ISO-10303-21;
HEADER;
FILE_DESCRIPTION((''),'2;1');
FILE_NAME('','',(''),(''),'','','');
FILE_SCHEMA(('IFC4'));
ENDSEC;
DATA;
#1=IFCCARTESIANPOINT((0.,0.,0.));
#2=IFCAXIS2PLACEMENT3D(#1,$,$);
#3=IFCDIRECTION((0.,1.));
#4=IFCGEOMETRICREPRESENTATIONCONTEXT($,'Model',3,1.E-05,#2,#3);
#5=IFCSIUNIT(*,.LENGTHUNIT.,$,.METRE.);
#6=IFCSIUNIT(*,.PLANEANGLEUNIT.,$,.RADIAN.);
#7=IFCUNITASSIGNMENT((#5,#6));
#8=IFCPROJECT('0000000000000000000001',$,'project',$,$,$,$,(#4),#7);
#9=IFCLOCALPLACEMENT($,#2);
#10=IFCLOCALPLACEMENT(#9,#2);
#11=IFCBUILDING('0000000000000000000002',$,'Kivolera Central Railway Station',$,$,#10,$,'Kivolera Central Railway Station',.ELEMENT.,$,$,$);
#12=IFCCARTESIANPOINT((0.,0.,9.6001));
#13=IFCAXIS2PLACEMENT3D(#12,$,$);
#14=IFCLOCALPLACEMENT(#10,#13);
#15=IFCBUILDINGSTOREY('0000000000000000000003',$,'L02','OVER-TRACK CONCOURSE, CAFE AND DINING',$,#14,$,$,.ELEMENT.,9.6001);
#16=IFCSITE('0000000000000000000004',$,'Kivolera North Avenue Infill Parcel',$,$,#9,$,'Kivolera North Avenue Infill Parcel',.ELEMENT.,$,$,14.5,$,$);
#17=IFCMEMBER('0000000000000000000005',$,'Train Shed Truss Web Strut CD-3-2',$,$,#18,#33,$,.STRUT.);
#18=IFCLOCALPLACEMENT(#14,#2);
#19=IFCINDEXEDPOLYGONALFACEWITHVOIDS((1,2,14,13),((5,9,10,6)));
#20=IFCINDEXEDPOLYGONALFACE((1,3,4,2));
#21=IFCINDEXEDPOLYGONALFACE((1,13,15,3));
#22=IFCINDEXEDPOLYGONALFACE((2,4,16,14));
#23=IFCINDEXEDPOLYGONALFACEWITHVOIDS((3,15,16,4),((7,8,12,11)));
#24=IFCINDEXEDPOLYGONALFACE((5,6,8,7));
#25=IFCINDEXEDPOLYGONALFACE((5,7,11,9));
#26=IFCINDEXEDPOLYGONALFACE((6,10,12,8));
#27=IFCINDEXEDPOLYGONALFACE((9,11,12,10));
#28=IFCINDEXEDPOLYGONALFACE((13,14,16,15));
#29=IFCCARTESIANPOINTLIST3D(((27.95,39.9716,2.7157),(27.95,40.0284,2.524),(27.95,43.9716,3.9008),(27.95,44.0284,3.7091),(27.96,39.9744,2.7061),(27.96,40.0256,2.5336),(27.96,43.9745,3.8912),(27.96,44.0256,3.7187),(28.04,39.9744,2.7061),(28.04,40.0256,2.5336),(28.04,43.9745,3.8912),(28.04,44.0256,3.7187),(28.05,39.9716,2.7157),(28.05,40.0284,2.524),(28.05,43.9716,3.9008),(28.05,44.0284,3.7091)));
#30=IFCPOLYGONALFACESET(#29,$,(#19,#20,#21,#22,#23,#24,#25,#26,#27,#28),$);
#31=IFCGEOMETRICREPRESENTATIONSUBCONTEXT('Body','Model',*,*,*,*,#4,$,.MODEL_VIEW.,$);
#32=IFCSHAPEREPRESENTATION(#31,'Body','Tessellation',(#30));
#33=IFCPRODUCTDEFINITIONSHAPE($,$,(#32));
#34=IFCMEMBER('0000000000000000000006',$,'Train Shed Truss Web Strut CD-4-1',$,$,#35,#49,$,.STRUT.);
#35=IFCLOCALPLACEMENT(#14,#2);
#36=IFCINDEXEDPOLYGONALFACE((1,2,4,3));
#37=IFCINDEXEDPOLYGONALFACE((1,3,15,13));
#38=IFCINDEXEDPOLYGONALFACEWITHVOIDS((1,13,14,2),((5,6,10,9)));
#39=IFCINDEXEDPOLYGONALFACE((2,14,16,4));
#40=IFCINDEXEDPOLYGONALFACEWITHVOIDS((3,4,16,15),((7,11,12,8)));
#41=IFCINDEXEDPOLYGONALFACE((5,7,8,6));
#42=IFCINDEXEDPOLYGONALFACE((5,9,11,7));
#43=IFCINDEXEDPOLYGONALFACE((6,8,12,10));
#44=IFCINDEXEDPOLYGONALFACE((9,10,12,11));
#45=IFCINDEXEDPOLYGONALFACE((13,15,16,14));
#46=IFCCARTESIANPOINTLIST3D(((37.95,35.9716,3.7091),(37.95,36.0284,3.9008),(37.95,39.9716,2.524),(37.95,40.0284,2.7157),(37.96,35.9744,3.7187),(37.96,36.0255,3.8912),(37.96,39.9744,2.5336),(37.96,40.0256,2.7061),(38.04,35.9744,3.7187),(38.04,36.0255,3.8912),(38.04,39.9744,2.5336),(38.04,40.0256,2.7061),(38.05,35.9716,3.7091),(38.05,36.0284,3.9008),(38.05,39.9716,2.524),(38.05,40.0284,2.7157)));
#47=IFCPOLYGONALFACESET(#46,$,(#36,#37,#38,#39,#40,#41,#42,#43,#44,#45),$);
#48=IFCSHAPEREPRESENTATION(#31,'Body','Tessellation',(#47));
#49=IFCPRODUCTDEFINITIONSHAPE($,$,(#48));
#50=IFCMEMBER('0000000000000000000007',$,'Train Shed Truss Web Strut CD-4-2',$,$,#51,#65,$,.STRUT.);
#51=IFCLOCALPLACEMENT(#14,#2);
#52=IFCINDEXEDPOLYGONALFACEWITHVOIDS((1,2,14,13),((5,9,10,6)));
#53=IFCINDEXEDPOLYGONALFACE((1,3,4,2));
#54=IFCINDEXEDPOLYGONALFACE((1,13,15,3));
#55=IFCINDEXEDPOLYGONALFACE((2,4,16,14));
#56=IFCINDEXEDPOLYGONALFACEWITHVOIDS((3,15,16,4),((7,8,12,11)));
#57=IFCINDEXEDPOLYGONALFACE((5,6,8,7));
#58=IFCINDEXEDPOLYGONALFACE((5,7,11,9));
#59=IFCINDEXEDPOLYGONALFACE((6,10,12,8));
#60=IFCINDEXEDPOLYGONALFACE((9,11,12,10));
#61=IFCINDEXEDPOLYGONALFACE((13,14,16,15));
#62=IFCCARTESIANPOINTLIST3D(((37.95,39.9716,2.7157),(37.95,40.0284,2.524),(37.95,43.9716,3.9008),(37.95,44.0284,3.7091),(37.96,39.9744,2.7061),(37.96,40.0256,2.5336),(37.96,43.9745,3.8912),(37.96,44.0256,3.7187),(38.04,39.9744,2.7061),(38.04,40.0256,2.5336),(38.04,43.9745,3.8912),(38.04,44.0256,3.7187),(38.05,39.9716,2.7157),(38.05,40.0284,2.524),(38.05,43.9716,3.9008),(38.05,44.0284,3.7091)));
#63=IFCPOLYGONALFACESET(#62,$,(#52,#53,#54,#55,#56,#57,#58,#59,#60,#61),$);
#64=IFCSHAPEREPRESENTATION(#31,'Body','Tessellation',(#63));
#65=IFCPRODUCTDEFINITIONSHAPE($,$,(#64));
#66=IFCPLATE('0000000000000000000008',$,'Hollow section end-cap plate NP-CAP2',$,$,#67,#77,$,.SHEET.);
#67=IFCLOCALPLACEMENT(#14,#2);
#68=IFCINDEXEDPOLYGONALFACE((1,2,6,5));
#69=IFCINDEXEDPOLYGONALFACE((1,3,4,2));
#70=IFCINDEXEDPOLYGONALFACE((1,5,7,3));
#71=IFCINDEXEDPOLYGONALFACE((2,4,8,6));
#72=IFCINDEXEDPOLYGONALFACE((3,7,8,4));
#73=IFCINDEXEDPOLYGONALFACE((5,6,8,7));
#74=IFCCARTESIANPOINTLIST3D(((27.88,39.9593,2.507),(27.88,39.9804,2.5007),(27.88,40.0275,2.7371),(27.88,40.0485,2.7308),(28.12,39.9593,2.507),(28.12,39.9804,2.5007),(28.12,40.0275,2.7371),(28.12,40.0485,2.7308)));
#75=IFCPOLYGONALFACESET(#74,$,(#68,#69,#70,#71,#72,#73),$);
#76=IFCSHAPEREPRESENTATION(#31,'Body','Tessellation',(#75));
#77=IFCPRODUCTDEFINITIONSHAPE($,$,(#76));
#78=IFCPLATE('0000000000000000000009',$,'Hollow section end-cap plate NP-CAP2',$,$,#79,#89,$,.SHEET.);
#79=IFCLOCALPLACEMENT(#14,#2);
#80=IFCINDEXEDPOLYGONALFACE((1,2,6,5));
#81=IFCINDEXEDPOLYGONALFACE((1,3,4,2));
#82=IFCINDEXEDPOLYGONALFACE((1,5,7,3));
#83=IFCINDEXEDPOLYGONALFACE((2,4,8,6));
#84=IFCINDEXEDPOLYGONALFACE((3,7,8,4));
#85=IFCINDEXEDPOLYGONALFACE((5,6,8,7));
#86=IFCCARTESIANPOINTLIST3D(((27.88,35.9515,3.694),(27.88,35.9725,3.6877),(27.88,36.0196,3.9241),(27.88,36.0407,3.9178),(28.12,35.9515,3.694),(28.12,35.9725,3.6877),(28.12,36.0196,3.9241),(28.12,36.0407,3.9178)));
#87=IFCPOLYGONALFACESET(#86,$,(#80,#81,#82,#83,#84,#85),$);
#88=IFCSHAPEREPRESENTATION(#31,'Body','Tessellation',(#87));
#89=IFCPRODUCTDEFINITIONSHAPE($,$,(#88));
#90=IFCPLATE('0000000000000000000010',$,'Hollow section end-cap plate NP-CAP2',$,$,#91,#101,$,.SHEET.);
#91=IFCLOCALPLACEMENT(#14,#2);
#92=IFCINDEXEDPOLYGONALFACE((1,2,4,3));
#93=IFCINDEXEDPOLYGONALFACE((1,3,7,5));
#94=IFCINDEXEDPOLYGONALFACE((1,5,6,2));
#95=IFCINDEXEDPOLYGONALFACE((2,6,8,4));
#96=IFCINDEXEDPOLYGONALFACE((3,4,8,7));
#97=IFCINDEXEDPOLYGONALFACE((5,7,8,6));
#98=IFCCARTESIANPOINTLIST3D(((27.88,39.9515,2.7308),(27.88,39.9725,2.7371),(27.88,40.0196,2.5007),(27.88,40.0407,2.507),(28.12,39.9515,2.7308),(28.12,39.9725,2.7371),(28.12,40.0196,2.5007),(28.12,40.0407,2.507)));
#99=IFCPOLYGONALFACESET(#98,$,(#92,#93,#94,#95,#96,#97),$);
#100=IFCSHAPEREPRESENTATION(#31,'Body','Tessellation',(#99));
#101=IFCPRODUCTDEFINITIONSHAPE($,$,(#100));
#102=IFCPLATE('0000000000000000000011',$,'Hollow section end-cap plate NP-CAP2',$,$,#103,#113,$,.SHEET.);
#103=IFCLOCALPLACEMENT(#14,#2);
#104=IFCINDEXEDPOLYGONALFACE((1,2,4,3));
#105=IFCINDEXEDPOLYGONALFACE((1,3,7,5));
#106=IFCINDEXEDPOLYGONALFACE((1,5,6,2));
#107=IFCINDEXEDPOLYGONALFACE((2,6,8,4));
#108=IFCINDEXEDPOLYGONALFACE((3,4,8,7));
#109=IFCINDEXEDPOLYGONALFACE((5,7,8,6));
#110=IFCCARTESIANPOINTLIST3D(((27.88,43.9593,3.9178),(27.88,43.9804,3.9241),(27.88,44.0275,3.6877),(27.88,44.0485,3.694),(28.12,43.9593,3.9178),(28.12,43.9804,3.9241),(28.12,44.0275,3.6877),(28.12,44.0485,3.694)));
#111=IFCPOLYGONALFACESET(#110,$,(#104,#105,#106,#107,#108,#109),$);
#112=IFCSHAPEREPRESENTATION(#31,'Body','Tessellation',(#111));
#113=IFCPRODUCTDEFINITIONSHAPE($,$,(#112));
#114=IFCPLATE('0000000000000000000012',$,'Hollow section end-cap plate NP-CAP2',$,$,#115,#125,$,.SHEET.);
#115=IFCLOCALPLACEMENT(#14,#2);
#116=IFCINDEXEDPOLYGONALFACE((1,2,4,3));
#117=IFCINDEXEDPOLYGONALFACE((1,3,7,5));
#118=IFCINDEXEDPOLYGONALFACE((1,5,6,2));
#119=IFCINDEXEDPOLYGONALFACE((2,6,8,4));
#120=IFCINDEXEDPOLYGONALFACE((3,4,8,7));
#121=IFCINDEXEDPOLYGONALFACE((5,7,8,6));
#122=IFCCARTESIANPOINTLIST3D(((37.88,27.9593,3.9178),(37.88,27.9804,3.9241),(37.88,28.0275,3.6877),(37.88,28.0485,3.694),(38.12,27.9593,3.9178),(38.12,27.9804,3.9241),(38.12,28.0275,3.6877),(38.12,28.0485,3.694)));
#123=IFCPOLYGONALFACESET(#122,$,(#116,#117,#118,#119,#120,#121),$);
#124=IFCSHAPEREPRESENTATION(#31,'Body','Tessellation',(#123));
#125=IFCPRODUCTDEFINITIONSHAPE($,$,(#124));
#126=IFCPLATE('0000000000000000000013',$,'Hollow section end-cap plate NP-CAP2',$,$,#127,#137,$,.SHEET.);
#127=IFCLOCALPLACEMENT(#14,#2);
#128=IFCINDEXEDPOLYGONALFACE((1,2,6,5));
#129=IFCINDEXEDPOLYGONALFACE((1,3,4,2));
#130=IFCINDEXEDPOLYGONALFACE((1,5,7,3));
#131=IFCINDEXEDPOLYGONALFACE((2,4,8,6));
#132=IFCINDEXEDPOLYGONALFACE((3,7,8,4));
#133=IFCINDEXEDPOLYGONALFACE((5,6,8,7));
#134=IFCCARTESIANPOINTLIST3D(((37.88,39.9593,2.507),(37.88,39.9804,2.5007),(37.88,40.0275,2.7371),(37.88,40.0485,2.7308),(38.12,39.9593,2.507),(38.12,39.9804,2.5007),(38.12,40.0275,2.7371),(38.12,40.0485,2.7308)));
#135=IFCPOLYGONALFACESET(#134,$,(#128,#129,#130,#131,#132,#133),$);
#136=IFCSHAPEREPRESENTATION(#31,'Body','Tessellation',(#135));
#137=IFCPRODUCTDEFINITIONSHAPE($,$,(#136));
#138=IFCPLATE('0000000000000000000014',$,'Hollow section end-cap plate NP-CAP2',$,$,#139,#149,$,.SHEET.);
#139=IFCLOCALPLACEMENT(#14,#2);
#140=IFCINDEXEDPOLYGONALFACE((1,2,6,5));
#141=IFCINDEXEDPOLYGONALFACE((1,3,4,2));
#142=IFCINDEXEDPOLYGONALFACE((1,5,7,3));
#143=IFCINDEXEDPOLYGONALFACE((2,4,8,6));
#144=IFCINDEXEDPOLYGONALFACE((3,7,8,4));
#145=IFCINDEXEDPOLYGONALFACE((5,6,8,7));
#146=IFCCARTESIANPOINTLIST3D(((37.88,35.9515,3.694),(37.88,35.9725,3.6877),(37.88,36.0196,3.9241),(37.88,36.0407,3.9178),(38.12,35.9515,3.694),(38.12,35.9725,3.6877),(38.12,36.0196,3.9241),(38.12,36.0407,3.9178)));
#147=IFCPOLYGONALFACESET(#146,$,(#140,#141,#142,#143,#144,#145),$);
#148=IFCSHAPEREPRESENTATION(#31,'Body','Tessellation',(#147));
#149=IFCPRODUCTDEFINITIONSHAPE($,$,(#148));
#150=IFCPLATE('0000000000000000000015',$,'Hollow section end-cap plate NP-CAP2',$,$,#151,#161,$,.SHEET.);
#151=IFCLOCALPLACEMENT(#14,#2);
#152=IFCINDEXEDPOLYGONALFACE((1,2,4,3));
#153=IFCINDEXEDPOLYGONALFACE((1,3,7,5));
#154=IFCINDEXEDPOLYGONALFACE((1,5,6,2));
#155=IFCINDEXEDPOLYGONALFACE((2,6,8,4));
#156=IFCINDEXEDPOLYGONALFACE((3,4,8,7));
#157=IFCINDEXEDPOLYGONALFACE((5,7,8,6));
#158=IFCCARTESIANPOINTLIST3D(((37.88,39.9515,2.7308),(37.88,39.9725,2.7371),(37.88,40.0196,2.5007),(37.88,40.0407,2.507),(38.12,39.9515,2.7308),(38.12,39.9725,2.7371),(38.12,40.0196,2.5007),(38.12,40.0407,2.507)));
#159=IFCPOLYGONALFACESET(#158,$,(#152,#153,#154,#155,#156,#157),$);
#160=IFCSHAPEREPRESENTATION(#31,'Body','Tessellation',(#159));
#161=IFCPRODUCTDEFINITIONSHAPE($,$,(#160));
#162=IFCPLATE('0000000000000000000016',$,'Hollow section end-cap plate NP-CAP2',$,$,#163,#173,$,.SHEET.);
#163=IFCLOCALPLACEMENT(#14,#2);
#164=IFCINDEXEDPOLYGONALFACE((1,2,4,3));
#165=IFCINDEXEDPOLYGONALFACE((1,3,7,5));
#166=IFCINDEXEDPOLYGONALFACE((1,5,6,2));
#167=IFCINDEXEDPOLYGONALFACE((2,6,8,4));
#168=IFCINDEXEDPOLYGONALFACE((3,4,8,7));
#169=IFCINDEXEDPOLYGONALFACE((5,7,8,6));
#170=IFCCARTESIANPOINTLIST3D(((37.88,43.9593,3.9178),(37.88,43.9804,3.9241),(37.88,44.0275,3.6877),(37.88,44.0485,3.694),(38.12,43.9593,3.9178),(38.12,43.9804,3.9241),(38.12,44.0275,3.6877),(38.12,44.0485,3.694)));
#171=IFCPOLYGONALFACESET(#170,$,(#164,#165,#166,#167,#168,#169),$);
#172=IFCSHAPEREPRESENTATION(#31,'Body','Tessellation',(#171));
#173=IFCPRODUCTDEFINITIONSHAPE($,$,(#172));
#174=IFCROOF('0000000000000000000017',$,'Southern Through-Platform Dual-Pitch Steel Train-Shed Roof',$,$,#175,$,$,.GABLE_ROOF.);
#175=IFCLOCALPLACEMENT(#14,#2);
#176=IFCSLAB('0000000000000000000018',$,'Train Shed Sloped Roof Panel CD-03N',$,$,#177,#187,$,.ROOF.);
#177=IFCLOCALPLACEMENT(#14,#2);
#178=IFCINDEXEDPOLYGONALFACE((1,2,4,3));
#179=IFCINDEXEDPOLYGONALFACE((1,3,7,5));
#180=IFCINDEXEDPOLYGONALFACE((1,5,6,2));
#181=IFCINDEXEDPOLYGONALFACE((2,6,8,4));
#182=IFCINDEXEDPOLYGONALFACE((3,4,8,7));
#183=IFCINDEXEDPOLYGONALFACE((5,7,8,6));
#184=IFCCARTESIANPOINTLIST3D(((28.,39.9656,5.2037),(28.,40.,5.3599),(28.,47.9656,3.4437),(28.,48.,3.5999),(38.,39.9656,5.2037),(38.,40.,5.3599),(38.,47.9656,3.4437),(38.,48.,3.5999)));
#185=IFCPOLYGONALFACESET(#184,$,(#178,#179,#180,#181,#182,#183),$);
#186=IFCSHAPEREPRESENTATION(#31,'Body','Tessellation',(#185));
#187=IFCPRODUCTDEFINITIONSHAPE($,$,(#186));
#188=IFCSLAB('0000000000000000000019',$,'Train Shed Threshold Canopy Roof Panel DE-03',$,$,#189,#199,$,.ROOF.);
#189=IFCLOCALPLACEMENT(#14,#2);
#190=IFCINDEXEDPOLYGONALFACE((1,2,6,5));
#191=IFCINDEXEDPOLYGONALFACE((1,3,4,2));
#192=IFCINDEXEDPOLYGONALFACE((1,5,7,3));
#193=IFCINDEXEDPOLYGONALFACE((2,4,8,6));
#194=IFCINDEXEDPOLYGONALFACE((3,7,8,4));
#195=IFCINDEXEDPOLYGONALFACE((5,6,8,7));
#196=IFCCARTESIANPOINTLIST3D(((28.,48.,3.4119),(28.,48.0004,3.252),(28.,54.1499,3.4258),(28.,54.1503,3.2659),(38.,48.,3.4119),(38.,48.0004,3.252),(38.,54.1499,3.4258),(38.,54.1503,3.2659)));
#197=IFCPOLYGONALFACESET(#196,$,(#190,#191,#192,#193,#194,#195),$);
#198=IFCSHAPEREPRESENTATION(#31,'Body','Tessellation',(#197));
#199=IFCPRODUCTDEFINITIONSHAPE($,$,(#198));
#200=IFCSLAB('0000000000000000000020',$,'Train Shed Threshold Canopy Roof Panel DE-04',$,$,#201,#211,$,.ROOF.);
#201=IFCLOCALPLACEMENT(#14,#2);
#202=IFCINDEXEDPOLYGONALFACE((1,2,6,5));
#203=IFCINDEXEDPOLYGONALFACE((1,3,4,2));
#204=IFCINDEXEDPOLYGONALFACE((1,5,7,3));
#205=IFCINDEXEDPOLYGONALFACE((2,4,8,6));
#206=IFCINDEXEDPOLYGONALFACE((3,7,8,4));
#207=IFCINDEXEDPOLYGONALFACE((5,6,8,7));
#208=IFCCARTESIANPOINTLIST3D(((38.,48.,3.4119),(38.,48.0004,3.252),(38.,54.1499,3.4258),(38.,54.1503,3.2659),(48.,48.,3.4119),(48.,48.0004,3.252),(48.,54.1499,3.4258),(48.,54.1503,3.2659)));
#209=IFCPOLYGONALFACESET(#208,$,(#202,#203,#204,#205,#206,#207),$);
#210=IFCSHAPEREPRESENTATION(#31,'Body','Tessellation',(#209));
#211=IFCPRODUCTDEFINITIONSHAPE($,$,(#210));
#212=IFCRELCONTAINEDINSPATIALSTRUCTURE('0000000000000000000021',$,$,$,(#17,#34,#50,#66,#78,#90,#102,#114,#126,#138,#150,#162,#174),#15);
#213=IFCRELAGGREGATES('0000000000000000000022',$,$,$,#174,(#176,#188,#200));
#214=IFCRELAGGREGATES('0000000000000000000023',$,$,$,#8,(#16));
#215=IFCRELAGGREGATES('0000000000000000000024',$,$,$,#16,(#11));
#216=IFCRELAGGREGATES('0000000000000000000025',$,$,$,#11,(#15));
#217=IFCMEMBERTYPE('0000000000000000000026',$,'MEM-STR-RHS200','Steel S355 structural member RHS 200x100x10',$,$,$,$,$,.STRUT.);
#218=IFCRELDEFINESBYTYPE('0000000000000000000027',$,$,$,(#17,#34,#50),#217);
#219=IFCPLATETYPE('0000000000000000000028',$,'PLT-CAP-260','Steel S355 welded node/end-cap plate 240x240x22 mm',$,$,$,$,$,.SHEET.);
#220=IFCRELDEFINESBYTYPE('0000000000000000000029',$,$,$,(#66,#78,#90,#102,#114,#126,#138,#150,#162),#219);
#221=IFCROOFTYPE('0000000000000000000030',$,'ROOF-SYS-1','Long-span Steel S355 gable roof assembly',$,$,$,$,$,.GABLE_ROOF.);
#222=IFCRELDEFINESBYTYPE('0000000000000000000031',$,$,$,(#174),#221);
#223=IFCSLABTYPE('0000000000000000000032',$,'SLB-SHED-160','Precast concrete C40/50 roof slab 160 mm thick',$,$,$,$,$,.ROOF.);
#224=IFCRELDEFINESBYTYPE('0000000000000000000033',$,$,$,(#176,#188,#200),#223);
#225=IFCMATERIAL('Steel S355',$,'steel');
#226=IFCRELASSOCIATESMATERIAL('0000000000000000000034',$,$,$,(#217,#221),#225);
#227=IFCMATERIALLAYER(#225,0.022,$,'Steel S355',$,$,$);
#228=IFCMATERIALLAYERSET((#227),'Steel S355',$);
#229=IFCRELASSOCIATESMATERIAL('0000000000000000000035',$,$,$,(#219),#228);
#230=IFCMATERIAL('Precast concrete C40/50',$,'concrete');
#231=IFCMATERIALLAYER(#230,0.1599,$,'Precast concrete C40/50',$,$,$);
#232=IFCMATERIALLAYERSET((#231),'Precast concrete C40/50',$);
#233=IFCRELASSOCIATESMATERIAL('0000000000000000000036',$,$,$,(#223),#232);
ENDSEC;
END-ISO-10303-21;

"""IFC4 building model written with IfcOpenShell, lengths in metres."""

from ifc_helpers import new_model, si_unit, direction, frame, origin, origin_2d, place, context, subcontext, project, spatial, polyline, rectangle, hollow_rectangle, outline, extrude, material, layer, layer_set, material_profile, profile_set, type_object, element, aggregate, save


model = new_model("IFC4")

# Units and contexts
model_context = context("Model", 3, precision=1e-05, world=origin(), true_north=direction((0.0, 1.0)))
body_context = subcontext(model_context, "Body", "Model", "MODEL_VIEW")
ifc_project = project(units=[si_unit("LENGTHUNIT", "METRE"), si_unit("PLANEANGLEUNIT", "RADIAN")], contexts=[model_context])

# Site, building, storey
site_placement = place(None, origin())
site = spatial("IfcSite", under=ifc_project, at=site_placement, Name="Kivolera North Avenue Infill Parcel", LongName="Kivolera North Avenue Infill Parcel", CompositionType="ELEMENT", RefElevation=14.5)
building_placement = place(site_placement, origin())
building = spatial("IfcBuilding", under=site, at=building_placement, Name="Kivolera Central Railway Station", LongName="Kivolera Central Railway Station", CompositionType="ELEMENT")
storey_placement = place(building_placement, frame((0.0, 0.0, 9.6001)))
storey = spatial("IfcBuildingStorey", under=building, at=storey_placement, Name="L02", Description="OVER-TRACK CONCOURSE, CAFE AND DINING", CompositionType="ELEMENT", Elevation=9.6001)

# Shared definitions
ifc_material_1 = material(Name="Steel S355", Category="steel")

# Members
ifc_material_profile_1 = material_profile(ifc_material_1, hollow_rectangle(XDim=0.1001, YDim=0.2, WallThickness=0.01, at=origin_2d()), Name="RHS 200x100x10")
ifc_profile_set_1 = profile_set([ifc_material_profile_1], Name="Steel S355")
member_type_1 = type_object("IfcMemberType", Name="MEM-STR-RHS200", Description="Steel S355 structural member RHS 200x100x10", PredefinedType="STRUT", material=ifc_profile_set_1)
for number, where, z_axis, x_axis, name in (
    (1, (28.0, 40.0, 2.6199), (0.0, 0.958806, 0.28406), (-1.0, 0.0, 0.0), "Train Shed Truss Web Strut CD-3-2"),
    (2, (38.0, 40.0, 2.6199), (0.0, -0.958806, 0.28406), (1.0, 0.0, 0.0), "Train Shed Truss Web Strut CD-4-1"),
    (3, (38.0, 40.0, 2.6199), (0.0, 0.958806, 0.28406), (-1.0, 0.0, 0.0), "Train Shed Truss Web Strut CD-4-2"),
):
    element("IfcMember", number, at=place(storey_placement, frame(where, z_axis=z_axis, x_axis=x_axis)), inside=storey, type_object=member_type_1, Name=name, PredefinedType="STRUT", context=body_context, shape_type="SweptSolid", body=[
        extrude(hollow_rectangle(XDim=0.1001, YDim=0.2, WallThickness=0.01, at=origin_2d()), origin(), (0.0, 0.0, 1.0), 4.1719),
    ])

# Plates
ifc_layer_1 = layer(ifc_material_1, 0.022, Name="Steel S355")
ifc_layer_set_1 = layer_set([ifc_layer_1], Name="Steel S355")
plate_type = type_object("IfcPlateType", Name="PLT-CAP-260", Description="Steel S355 welded node/end-cap plate 240x240x22 mm", PredefinedType="SHEET", material=ifc_layer_set_1)
for number, where, z_axis, x_axis, name in (
    (4, (28.0, 40.0039, 2.6189), (0.0, -0.95881, 0.284048), (1.0, 0.0, 0.0), "Hollow section end-cap plate NP-CAP2"),
    (5, (28.0, 35.9961, 3.8059), (0.0, -0.95881, 0.284048), (1.0, 0.0, 0.0), "Hollow section end-cap plate NP-CAP2"),
    (6, (28.0, 39.9961, 2.6189), (0.0, 0.95881, 0.284048), (-1.0, 0.0, 0.0), "Hollow section end-cap plate NP-CAP2"),
    (7, (28.0, 44.0039, 3.8059), (0.0, 0.95881, 0.284048), (-1.0, 0.0, 0.0), "Hollow section end-cap plate NP-CAP2"),
    (8, (38.0, 28.0039, 3.8059), (0.0, 0.95881, 0.284048), (-1.0, 0.0, 0.0), "Hollow section end-cap plate NP-CAP2"),
    (9, (38.0, 40.0039, 2.6189), (0.0, -0.95881, 0.284048), (1.0, 0.0, 0.0), "Hollow section end-cap plate NP-CAP2"),
    (10, (38.0, 35.9961, 3.8059), (0.0, -0.95881, 0.284048), (1.0, 0.0, 0.0), "Hollow section end-cap plate NP-CAP2"),
    (11, (38.0, 39.9961, 2.6189), (0.0, 0.95881, 0.284048), (-1.0, 0.0, 0.0), "Hollow section end-cap plate NP-CAP2"),
    (12, (38.0, 44.0039, 3.8059), (0.0, 0.95881, 0.284048), (-1.0, 0.0, 0.0), "Hollow section end-cap plate NP-CAP2"),
):
    element("IfcPlate", number, at=place(storey_placement, frame(where, z_axis=z_axis, x_axis=x_axis)), inside=storey, type_object=plate_type, Name=name, PredefinedType="SHEET", context=body_context, shape_type="SweptSolid", body=[
        extrude(rectangle(XDim=0.24, YDim=0.24, at=origin_2d()), frame((0.0, 0.0, -0.011)), (0.0, 0.0, 1.0), 0.022),
    ])

# Roof, slabs
roof_type = type_object("IfcRoofType", Name="ROOF-SYS-1", Description="Long-span Steel S355 gable roof assembly", PredefinedType="GABLE_ROOF", material=ifc_material_1)
roof_placement = place(storey_placement, origin())
roof = element("IfcRoof", 13, at=roof_placement, inside=storey, type_object=roof_type, Name="Southern Through-Platform Dual-Pitch Steel Train-Shed Roof", PredefinedType="GABLE_ROOF")
ifc_material_2 = material(Name="Precast concrete C40/50", Category="concrete")
ifc_layer_2 = layer(ifc_material_2, 0.1599, Name="Precast concrete C40/50")
ifc_layer_set_2 = layer_set([ifc_layer_2], Name="Precast concrete C40/50")
slab_type = type_object("IfcSlabType", Name="SLB-SHED-160", Description="Precast concrete C40/50 roof slab 160 mm thick", PredefinedType="ROOF", material=ifc_layer_set_2)
slab_1_placement = place(storey_placement, frame((28.0, 40.0, 5.3599), z_axis=(0.0, 0.214863, 0.976644), x_axis=(1.0, 0.0, 0.0)))
slab_1 = element("IfcSlab", 14, at=slab_1_placement, type_object=slab_type, Name="Train Shed Sloped Roof Panel CD-03N", PredefinedType="ROOF", context=body_context, shape_type="SweptSolid", body=[
    extrude(outline(polyline([(0.0, 0.0), (10.0, 0.0), (10.0, 8.1913), (0.0, 8.1913), (0.0, 0.0)])), origin(), (0.0, 0.0, -1.0), 0.1599),
])
slab_2_placement = place(storey_placement, frame((28.0, 48.0, 3.4119), z_axis=(0.0, -0.002263, 0.999997), x_axis=(1.0, 0.0, 0.0)))
slab_2 = element("IfcSlab", 15, at=slab_2_placement, type_object=slab_type, Name="Train Shed Threshold Canopy Roof Panel DE-03", PredefinedType="ROOF", context=body_context, shape_type="SweptSolid", body=[
    extrude(outline(polyline([(0.0, 0.0), (10.0, 0.0), (10.0, 6.1499), (0.0, 6.1499), (0.0, 0.0)])), origin(), (0.0, 0.0, -1.0), 0.1599),
])
slab_3_placement = place(storey_placement, frame((38.0, 48.0, 3.4119), z_axis=(0.0, -0.002263, 0.999997), x_axis=(1.0, 0.0, 0.0)))
slab_3 = element("IfcSlab", 16, at=slab_3_placement, type_object=slab_type, Name="Train Shed Threshold Canopy Roof Panel DE-04", PredefinedType="ROOF", context=body_context, shape_type="SweptSolid", body=[
    extrude(outline(polyline([(0.0, 0.0), (10.0, 0.0), (10.0, 6.1499), (0.0, 6.1499), (0.0, 0.0)])), origin(), (0.0, 0.0, -1.0), 0.1599),
])
aggregate(roof, [slab_1, slab_2, slab_3])

save(model, "model.ifc")
